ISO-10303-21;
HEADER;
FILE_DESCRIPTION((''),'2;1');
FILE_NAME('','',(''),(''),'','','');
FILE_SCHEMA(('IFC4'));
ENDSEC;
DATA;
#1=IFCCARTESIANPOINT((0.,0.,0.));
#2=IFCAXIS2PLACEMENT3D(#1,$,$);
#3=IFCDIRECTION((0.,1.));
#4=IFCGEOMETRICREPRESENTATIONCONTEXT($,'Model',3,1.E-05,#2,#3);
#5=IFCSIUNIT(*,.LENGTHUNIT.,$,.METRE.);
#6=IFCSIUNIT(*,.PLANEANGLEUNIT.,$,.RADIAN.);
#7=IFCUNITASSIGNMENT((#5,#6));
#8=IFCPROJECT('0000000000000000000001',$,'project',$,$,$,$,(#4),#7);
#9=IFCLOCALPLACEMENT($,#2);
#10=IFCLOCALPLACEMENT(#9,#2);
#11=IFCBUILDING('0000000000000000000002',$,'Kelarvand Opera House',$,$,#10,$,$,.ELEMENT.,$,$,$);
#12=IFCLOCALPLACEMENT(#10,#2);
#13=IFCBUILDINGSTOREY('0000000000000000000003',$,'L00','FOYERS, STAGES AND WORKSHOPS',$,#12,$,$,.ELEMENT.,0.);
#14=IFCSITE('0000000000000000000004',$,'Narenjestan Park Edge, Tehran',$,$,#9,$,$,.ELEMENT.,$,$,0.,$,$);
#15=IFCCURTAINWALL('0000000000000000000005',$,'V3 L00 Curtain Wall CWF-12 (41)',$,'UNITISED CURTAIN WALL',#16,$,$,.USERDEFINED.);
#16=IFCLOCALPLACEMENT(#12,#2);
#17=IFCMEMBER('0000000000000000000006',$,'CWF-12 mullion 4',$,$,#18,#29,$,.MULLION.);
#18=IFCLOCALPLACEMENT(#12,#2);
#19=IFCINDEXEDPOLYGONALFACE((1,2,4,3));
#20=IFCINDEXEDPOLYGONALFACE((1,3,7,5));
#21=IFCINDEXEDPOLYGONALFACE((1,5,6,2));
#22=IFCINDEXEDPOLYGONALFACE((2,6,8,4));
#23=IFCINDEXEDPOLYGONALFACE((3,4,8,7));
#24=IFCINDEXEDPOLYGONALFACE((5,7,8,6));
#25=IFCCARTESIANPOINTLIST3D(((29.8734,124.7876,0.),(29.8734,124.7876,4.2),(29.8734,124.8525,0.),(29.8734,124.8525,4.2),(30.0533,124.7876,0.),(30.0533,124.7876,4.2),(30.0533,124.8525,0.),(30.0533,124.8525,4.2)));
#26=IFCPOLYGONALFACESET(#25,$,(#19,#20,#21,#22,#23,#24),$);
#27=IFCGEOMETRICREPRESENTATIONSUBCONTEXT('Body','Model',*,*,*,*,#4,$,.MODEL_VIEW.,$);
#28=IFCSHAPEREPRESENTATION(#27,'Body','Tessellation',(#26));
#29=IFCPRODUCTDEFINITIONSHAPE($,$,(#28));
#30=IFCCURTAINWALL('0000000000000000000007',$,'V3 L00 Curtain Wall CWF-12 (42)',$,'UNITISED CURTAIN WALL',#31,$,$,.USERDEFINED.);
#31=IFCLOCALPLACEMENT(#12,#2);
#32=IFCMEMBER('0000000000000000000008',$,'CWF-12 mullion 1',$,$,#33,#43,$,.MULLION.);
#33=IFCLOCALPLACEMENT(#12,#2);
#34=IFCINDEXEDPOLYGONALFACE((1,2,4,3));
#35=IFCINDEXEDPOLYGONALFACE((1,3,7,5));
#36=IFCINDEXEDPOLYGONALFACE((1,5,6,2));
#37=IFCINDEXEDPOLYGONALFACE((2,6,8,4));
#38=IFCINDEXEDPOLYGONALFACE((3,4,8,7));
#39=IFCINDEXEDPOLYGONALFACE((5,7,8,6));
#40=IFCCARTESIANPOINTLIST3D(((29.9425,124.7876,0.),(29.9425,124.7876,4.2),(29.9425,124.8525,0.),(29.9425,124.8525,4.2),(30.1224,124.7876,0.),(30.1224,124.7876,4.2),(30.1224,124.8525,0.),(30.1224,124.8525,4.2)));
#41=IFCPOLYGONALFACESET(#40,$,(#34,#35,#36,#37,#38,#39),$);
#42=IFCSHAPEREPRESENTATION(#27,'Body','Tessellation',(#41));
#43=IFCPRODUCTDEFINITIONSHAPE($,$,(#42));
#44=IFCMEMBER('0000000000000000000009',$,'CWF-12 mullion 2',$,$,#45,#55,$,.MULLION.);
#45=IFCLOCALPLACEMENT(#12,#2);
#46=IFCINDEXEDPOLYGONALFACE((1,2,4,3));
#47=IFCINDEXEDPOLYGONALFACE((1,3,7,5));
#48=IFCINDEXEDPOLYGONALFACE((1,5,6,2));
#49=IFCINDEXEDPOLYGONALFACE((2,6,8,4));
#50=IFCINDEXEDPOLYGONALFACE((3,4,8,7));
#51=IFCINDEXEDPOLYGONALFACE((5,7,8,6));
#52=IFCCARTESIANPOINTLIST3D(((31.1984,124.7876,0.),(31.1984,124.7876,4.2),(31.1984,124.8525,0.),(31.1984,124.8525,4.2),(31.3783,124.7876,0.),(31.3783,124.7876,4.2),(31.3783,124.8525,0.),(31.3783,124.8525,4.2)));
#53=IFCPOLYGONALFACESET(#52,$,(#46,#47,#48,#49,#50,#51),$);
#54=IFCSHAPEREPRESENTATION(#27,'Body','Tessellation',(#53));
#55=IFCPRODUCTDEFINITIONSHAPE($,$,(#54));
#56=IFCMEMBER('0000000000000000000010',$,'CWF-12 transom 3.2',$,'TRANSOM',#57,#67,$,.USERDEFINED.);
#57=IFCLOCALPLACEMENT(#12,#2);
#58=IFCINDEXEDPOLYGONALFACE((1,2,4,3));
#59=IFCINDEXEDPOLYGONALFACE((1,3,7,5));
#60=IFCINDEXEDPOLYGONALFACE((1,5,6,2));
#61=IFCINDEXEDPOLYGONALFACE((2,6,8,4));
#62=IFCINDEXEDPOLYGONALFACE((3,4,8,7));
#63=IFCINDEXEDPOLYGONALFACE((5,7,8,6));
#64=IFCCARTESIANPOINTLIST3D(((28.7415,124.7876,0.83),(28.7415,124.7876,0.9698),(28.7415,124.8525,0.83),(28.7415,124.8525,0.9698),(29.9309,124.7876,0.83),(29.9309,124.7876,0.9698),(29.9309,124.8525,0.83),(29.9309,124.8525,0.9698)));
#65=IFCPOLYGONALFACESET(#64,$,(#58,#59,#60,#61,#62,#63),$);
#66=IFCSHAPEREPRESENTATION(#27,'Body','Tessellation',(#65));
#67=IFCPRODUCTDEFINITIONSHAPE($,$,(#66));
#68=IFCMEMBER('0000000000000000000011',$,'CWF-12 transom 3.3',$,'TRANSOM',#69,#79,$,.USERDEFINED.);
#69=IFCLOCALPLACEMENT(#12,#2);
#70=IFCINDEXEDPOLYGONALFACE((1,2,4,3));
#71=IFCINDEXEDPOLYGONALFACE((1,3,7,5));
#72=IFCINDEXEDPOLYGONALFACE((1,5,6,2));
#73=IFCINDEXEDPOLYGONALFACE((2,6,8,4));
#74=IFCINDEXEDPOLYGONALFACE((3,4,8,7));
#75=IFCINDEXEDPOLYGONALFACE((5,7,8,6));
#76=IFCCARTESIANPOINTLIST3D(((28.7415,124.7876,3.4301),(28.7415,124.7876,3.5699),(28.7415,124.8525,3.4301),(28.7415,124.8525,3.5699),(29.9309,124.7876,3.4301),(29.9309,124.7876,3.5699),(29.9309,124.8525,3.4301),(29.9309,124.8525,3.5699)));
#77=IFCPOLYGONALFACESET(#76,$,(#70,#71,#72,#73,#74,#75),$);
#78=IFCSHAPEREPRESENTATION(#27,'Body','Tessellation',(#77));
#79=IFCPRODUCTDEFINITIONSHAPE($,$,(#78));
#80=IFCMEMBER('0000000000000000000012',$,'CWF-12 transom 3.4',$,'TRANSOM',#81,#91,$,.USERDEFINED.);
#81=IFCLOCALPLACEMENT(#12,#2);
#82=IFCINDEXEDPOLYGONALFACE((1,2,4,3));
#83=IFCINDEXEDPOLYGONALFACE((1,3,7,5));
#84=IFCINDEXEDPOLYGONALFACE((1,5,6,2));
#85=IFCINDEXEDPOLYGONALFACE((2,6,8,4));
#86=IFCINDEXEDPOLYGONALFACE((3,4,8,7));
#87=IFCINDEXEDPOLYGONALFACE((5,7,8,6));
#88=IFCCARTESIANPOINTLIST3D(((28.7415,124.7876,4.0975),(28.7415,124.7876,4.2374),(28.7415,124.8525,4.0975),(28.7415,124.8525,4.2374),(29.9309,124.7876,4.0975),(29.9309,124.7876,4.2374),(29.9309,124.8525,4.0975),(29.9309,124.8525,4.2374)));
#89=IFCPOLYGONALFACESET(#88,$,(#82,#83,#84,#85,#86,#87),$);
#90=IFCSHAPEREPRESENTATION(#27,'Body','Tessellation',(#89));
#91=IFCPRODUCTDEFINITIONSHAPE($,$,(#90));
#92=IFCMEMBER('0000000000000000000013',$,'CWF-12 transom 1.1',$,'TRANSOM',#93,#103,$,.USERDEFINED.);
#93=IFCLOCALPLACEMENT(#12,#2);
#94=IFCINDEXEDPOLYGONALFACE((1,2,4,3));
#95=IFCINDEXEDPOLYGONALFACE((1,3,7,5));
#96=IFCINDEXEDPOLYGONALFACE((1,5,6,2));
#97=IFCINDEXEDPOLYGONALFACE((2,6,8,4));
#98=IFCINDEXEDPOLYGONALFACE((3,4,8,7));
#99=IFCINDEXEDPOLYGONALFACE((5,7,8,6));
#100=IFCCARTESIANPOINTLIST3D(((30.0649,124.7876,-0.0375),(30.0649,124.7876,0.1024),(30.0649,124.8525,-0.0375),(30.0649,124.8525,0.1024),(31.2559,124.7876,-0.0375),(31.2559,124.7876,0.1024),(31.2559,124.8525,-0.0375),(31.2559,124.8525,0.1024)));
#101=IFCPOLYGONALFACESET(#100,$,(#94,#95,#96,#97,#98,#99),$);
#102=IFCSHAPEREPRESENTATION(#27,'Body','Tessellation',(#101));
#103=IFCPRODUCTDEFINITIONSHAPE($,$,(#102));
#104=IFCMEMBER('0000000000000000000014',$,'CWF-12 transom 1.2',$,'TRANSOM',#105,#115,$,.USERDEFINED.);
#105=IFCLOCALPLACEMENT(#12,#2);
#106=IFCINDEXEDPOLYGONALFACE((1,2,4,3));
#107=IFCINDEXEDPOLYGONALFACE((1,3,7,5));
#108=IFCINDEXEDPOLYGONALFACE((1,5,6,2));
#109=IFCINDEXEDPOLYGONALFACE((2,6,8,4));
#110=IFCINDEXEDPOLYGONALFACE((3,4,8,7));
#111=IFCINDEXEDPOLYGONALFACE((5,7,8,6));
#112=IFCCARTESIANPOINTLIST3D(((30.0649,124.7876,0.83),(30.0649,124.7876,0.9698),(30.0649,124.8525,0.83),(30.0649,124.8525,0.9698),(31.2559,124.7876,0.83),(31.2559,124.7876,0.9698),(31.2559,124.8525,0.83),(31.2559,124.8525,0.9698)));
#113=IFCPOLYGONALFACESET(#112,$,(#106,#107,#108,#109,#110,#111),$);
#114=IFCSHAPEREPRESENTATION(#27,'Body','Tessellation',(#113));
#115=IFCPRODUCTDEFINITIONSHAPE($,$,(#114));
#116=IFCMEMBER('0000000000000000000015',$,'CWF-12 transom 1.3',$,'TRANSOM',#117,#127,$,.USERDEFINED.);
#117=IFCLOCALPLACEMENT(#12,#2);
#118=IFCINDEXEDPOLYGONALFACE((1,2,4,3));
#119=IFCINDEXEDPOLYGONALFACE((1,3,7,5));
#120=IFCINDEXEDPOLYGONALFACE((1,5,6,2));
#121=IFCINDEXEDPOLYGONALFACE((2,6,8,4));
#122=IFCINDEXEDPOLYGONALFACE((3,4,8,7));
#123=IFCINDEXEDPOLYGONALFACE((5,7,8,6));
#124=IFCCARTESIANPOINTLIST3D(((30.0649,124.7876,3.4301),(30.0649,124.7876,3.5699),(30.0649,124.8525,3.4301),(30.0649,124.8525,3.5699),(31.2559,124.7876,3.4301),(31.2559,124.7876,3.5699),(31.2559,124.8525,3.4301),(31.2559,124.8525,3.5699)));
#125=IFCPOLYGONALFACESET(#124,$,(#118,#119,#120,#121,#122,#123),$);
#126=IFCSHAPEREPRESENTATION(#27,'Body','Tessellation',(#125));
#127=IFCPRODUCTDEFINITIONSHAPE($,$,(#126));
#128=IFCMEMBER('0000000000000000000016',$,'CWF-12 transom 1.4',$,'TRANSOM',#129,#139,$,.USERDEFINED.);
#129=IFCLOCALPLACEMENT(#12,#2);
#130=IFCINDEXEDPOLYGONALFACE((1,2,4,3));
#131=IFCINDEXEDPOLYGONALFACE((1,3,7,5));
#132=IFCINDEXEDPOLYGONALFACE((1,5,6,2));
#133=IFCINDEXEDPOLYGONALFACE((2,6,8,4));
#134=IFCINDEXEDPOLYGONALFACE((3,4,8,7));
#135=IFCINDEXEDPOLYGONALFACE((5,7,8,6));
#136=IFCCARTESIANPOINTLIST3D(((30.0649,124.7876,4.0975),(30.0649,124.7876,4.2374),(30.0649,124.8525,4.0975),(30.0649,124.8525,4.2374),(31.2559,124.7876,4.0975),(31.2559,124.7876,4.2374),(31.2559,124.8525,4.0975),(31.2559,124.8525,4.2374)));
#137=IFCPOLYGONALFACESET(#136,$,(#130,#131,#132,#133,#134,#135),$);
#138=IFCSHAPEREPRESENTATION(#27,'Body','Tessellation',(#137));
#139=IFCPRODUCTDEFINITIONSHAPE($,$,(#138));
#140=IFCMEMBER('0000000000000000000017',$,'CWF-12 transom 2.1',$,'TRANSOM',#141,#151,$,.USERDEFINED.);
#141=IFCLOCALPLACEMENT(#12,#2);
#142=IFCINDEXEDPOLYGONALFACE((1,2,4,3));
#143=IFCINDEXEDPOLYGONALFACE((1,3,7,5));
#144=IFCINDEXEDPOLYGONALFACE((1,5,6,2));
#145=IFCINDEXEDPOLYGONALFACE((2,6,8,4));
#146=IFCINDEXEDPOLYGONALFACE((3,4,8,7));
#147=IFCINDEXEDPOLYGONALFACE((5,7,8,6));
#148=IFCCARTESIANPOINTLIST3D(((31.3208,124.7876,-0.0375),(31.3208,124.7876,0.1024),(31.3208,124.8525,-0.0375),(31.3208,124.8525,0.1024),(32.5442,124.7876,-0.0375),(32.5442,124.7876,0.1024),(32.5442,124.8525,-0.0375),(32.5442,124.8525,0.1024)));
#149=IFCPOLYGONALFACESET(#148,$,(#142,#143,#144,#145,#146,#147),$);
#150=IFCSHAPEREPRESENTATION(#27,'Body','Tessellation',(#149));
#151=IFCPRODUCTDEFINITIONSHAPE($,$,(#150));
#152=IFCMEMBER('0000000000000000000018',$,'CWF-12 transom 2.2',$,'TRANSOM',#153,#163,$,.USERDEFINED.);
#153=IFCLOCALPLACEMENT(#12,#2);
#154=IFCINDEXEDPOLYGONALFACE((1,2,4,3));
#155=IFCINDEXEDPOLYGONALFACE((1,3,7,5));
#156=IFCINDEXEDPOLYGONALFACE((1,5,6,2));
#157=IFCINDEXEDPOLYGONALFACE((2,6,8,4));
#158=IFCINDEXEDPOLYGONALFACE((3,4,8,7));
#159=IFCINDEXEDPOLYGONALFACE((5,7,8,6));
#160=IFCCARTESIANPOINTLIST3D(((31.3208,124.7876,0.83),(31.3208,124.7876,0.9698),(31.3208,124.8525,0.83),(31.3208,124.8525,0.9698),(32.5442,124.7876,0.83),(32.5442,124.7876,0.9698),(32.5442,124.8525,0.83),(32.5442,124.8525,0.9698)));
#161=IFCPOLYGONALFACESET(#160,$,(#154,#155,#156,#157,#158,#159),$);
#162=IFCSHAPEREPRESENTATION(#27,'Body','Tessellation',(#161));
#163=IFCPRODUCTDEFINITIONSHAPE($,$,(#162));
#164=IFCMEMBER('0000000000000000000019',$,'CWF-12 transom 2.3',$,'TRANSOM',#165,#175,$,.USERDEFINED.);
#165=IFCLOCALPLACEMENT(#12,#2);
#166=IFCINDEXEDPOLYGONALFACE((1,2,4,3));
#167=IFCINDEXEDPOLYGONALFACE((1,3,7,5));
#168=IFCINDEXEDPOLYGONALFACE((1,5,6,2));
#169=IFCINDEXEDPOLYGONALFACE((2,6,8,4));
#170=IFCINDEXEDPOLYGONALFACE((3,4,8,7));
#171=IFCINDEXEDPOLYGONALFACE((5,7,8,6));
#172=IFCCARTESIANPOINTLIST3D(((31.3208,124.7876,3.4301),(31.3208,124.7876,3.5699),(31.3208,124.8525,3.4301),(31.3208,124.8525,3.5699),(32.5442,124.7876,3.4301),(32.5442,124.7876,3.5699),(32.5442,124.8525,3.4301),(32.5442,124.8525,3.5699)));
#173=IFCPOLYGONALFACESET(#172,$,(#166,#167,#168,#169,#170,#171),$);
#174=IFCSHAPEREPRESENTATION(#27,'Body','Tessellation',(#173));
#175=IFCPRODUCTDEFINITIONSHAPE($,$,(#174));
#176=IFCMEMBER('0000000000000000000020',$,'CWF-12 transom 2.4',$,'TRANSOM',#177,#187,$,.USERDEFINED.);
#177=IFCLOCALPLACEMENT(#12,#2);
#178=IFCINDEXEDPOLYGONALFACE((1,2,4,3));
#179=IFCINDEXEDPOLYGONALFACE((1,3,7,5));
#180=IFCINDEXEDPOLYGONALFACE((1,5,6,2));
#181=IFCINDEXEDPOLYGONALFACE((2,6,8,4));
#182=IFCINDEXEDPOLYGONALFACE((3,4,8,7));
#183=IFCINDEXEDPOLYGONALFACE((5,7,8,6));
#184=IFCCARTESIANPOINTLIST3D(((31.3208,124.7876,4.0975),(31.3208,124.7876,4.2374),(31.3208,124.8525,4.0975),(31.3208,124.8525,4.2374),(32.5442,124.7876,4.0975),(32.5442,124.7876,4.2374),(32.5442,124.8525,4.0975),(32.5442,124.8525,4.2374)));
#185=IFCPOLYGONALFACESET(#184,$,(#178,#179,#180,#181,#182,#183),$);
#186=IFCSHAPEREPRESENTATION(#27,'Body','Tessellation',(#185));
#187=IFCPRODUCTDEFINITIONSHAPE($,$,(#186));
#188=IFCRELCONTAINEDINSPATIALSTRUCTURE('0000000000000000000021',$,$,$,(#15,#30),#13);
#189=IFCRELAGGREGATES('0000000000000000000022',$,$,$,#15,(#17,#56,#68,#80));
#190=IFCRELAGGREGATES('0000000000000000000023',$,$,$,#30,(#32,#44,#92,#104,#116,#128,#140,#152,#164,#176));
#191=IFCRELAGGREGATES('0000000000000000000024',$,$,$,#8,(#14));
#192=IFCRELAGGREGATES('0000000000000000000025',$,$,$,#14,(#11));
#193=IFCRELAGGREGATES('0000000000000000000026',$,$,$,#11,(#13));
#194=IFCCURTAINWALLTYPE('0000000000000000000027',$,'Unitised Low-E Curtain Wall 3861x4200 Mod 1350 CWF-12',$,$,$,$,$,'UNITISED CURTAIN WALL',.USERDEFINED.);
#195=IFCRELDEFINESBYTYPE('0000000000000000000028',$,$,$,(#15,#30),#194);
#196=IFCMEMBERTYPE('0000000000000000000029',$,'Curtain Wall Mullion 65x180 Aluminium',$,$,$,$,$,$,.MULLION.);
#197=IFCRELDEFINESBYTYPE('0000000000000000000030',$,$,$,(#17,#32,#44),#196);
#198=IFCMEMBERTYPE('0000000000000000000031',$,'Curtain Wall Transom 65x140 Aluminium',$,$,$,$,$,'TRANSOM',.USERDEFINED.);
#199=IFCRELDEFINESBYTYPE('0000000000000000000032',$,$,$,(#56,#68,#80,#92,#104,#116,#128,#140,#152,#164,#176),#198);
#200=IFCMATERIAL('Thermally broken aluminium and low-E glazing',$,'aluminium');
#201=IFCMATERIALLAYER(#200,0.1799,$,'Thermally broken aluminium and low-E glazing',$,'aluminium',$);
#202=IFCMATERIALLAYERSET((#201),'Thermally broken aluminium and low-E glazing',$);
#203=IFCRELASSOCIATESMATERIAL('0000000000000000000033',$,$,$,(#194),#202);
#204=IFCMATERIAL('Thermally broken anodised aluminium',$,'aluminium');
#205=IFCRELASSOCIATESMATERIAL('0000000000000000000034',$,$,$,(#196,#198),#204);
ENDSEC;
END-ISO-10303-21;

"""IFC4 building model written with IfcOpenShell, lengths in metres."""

from ifc_helpers import new_model, si_unit, direction, frame, origin, origin_2d, place, context, subcontext, project, spatial, rectangle, extrude, material, layer, layer_set, material_profile, profile_set, type_object, element, aggregate, save


model = new_model("IFC4")

# Units and contexts
model_context = context("Model", 3, precision=1e-05, world=origin(), true_north=direction((0.0, 1.0)))
body_context = subcontext(model_context, "Body", "Model", "MODEL_VIEW")
ifc_project = project(units=[si_unit("LENGTHUNIT", "METRE"), si_unit("PLANEANGLEUNIT", "RADIAN")], contexts=[model_context])

# Site, building, storey
site_placement = place(None, origin())
site = spatial("IfcSite", under=ifc_project, at=site_placement, Name="Narenjestan Park Edge, Tehran", CompositionType="ELEMENT", RefElevation=0.0)
building_placement = place(site_placement, origin())
building = spatial("IfcBuilding", under=site, at=building_placement, Name="Kelarvand Opera House", CompositionType="ELEMENT")
storey_placement = place(building_placement, origin())
storey = spatial("IfcBuildingStorey", under=building, at=storey_placement, Name="L00", Description="FOYERS, STAGES AND WORKSHOPS", CompositionType="ELEMENT", Elevation=0.0)

# Curtain wall, member
ifc_material_1 = material(Name="Thermally broken aluminium and low-E glazing", Category="aluminium")
ifc_layer_1 = layer(ifc_material_1, 0.1799, Name="Thermally broken aluminium and low-E glazing", Category="aluminium")
ifc_layer_set_1 = layer_set([ifc_layer_1], Name="Thermally broken aluminium and low-E glazing")
curtain_wall_type = type_object("IfcCurtainWallType", Name="Unitised Low-E Curtain Wall 3861x4200 Mod 1350 CWF-12", ElementType="UNITISED CURTAIN WALL", PredefinedType="USERDEFINED", material=ifc_layer_set_1)
curtain_wall_1_placement = place(storey_placement, origin())
curtain_wall_1 = element("IfcCurtainWall", 1, at=curtain_wall_1_placement, inside=storey, type_object=curtain_wall_type, Name="V3 L00 Curtain Wall CWF-12 (41)", ObjectType="UNITISED CURTAIN WALL", PredefinedType="USERDEFINED")
ifc_material_2 = material(Name="Thermally broken anodised aluminium", Category="aluminium")
ifc_material_profile_1 = material_profile(ifc_material_2, rectangle(XDim=0.0649, YDim=0.1799, at=origin_2d()), Name="ALU MULLION 65x180", Category="aluminium")
ifc_profile_set_1 = profile_set([ifc_material_profile_1], Name="Thermally broken anodised aluminium")
member_type_1 = type_object("IfcMemberType", Name="Curtain Wall Mullion 65x180 Aluminium", PredefinedType="MULLION", material=ifc_profile_set_1)
member_1_placement = place(storey_placement, frame((29.9634, 124.8201, 0.0), z_axis=(0.0, 0.0, 1.0), x_axis=(0.0, 1.0, 0.0)))
member_1 = element("IfcMember", 2, at=member_1_placement, type_object=member_type_1, Name="CWF-12 mullion 4", PredefinedType="MULLION", context=body_context, shape_type="SweptSolid", body=[
    extrude(rectangle(XDim=0.0649, YDim=0.1799, at=origin_2d()), origin(), (0.0, 0.0, 1.0), 4.2),
])

# Curtain wall, members
curtain_wall_2_placement = place(storey_placement, origin())
curtain_wall_2 = element("IfcCurtainWall", 3, at=curtain_wall_2_placement, inside=storey, type_object=curtain_wall_type, Name="V3 L00 Curtain Wall CWF-12 (42)", ObjectType="UNITISED CURTAIN WALL", PredefinedType="USERDEFINED")
member_2_placement = place(storey_placement, frame((30.0325, 124.8201, 0.0), z_axis=(0.0, 0.0, 1.0), x_axis=(0.0, 1.0, 0.0)))
member_2 = element("IfcMember", 4, at=member_2_placement, type_object=member_type_1, Name="CWF-12 mullion 1", PredefinedType="MULLION", context=body_context, shape_type="SweptSolid", body=[
    extrude(rectangle(XDim=0.0649, YDim=0.1799, at=origin_2d()), origin(), (0.0, 0.0, 1.0), 4.2),
])
member_3_placement = place(storey_placement, frame((31.2883, 124.8201, 0.0), z_axis=(0.0, 0.0, 1.0), x_axis=(0.0, 1.0, 0.0)))
member_3 = element("IfcMember", 5, at=member_3_placement, type_object=member_type_1, Name="CWF-12 mullion 2", PredefinedType="MULLION", context=body_context, shape_type="SweptSolid", body=[
    extrude(rectangle(XDim=0.0649, YDim=0.1799, at=origin_2d()), origin(), (0.0, 0.0, 1.0), 4.2),
])

# Members
ifc_material_profile_2 = material_profile(ifc_material_2, rectangle(XDim=0.0649, YDim=0.1399, at=origin_2d()), Name="ALU TRANSOM 65x140", Category="aluminium")
ifc_profile_set_2 = profile_set([ifc_material_profile_2], Name="Thermally broken anodised aluminium")
member_type_2 = type_object("IfcMemberType", Name="Curtain Wall Transom 65x140 Aluminium", ElementType="TRANSOM", PredefinedType="USERDEFINED", material=ifc_profile_set_2)
member_4_placement = place(storey_placement, frame((28.7415, 124.8201, 0.8999), z_axis=(1.0, 0.0, 0.0), x_axis=(0.0, 1.0, 0.0)))
member_4 = element("IfcMember", 6, at=member_4_placement, type_object=member_type_2, Name="CWF-12 transom 3.2", ObjectType="TRANSOM", PredefinedType="USERDEFINED", context=body_context, shape_type="SweptSolid", body=[
    extrude(rectangle(XDim=0.0649, YDim=0.1399, at=origin_2d()), origin(), (0.0, 0.0, 1.0), 1.1895),
])
member_5_placement = place(storey_placement, frame((28.7415, 124.8201, 3.5), z_axis=(1.0, 0.0, 0.0), x_axis=(0.0, 1.0, 0.0)))
member_5 = element("IfcMember", 7, at=member_5_placement, type_object=member_type_2, Name="CWF-12 transom 3.3", ObjectType="TRANSOM", PredefinedType="USERDEFINED", context=body_context, shape_type="SweptSolid", body=[
    extrude(rectangle(XDim=0.0649, YDim=0.1399, at=origin_2d()), origin(), (0.0, 0.0, 1.0), 1.1895),
])
member_6_placement = place(storey_placement, frame((28.7415, 124.8201, 4.1675), z_axis=(1.0, 0.0, 0.0), x_axis=(0.0, 1.0, 0.0)))
member_6 = element("IfcMember", 8, at=member_6_placement, type_object=member_type_2, Name="CWF-12 transom 3.4", ObjectType="TRANSOM", PredefinedType="USERDEFINED", context=body_context, shape_type="SweptSolid", body=[
    extrude(rectangle(XDim=0.0649, YDim=0.1399, at=origin_2d()), origin(), (0.0, 0.0, 1.0), 1.1895),
])
member_7_placement = place(storey_placement, frame((30.0649, 124.8201, 0.0325), z_axis=(1.0, 0.0, 0.0), x_axis=(0.0, 1.0, 0.0)))
member_7 = element("IfcMember", 9, at=member_7_placement, type_object=member_type_2, Name="CWF-12 transom 1.1", ObjectType="TRANSOM", PredefinedType="USERDEFINED", context=body_context, shape_type="SweptSolid", body=[
    extrude(rectangle(XDim=0.0649, YDim=0.1399, at=origin_2d()), origin(), (0.0, 0.0, 1.0), 1.1909),
])
member_8_placement = place(storey_placement, frame((30.0649, 124.8201, 0.8999), z_axis=(1.0, 0.0, 0.0), x_axis=(0.0, 1.0, 0.0)))
member_8 = element("IfcMember", 10, at=member_8_placement, type_object=member_type_2, Name="CWF-12 transom 1.2", ObjectType="TRANSOM", PredefinedType="USERDEFINED", context=body_context, shape_type="SweptSolid", body=[
    extrude(rectangle(XDim=0.0649, YDim=0.1399, at=origin_2d()), origin(), (0.0, 0.0, 1.0), 1.1909),
])
member_9_placement = place(storey_placement, frame((30.0649, 124.8201, 3.5), z_axis=(1.0, 0.0, 0.0), x_axis=(0.0, 1.0, 0.0)))
member_9 = element("IfcMember", 11, at=member_9_placement, type_object=member_type_2, Name="CWF-12 transom 1.3", ObjectType="TRANSOM", PredefinedType="USERDEFINED", context=body_context, shape_type="SweptSolid", body=[
    extrude(rectangle(XDim=0.0649, YDim=0.1399, at=origin_2d()), origin(), (0.0, 0.0, 1.0), 1.1909),
])
member_10_placement = place(storey_placement, frame((30.0649, 124.8201, 4.1675), z_axis=(1.0, 0.0, 0.0), x_axis=(0.0, 1.0, 0.0)))
member_10 = element("IfcMember", 12, at=member_10_placement, type_object=member_type_2, Name="CWF-12 transom 1.4", ObjectType="TRANSOM", PredefinedType="USERDEFINED", context=body_context, shape_type="SweptSolid", body=[
    extrude(rectangle(XDim=0.0649, YDim=0.1399, at=origin_2d()), origin(), (0.0, 0.0, 1.0), 1.1909),
])
member_11_placement = place(storey_placement, frame((31.3208, 124.8201, 0.0325), z_axis=(1.0, 0.0, 0.0), x_axis=(0.0, 1.0, 0.0)))
member_11 = element("IfcMember", 13, at=member_11_placement, type_object=member_type_2, Name="CWF-12 transom 2.1", ObjectType="TRANSOM", PredefinedType="USERDEFINED", context=body_context, shape_type="SweptSolid", body=[
    extrude(rectangle(XDim=0.0649, YDim=0.1399, at=origin_2d()), origin(), (0.0, 0.0, 1.0), 1.2234),
])
member_12_placement = place(storey_placement, frame((31.3208, 124.8201, 0.8999), z_axis=(1.0, 0.0, 0.0), x_axis=(0.0, 1.0, 0.0)))
member_12 = element("IfcMember", 14, at=member_12_placement, type_object=member_type_2, Name="CWF-12 transom 2.2", ObjectType="TRANSOM", PredefinedType="USERDEFINED", context=body_context, shape_type="SweptSolid", body=[
    extrude(rectangle(XDim=0.0649, YDim=0.1399, at=origin_2d()), origin(), (0.0, 0.0, 1.0), 1.2234),
])
member_13_placement = place(storey_placement, frame((31.3208, 124.8201, 3.5), z_axis=(1.0, 0.0, 0.0), x_axis=(0.0, 1.0, 0.0)))
member_13 = element("IfcMember", 15, at=member_13_placement, type_object=member_type_2, Name="CWF-12 transom 2.3", ObjectType="TRANSOM", PredefinedType="USERDEFINED", context=body_context, shape_type="SweptSolid", body=[
    extrude(rectangle(XDim=0.0649, YDim=0.1399, at=origin_2d()), origin(), (0.0, 0.0, 1.0), 1.2234),
])
member_14_placement = place(storey_placement, frame((31.3208, 124.8201, 4.1675), z_axis=(1.0, 0.0, 0.0), x_axis=(0.0, 1.0, 0.0)))
member_14 = element("IfcMember", 16, at=member_14_placement, type_object=member_type_2, Name="CWF-12 transom 2.4", ObjectType="TRANSOM", PredefinedType="USERDEFINED", context=body_context, shape_type="SweptSolid", body=[
    extrude(rectangle(XDim=0.0649, YDim=0.1399, at=origin_2d()), origin(), (0.0, 0.0, 1.0), 1.2234),
])

aggregate(curtain_wall_1, [member_1, member_4, member_5, member_6])
aggregate(curtain_wall_2, [member_2, member_3, member_7, member_8, member_9, member_10, member_11, member_12, member_13, member_14])

save(model, "model.ifc")
